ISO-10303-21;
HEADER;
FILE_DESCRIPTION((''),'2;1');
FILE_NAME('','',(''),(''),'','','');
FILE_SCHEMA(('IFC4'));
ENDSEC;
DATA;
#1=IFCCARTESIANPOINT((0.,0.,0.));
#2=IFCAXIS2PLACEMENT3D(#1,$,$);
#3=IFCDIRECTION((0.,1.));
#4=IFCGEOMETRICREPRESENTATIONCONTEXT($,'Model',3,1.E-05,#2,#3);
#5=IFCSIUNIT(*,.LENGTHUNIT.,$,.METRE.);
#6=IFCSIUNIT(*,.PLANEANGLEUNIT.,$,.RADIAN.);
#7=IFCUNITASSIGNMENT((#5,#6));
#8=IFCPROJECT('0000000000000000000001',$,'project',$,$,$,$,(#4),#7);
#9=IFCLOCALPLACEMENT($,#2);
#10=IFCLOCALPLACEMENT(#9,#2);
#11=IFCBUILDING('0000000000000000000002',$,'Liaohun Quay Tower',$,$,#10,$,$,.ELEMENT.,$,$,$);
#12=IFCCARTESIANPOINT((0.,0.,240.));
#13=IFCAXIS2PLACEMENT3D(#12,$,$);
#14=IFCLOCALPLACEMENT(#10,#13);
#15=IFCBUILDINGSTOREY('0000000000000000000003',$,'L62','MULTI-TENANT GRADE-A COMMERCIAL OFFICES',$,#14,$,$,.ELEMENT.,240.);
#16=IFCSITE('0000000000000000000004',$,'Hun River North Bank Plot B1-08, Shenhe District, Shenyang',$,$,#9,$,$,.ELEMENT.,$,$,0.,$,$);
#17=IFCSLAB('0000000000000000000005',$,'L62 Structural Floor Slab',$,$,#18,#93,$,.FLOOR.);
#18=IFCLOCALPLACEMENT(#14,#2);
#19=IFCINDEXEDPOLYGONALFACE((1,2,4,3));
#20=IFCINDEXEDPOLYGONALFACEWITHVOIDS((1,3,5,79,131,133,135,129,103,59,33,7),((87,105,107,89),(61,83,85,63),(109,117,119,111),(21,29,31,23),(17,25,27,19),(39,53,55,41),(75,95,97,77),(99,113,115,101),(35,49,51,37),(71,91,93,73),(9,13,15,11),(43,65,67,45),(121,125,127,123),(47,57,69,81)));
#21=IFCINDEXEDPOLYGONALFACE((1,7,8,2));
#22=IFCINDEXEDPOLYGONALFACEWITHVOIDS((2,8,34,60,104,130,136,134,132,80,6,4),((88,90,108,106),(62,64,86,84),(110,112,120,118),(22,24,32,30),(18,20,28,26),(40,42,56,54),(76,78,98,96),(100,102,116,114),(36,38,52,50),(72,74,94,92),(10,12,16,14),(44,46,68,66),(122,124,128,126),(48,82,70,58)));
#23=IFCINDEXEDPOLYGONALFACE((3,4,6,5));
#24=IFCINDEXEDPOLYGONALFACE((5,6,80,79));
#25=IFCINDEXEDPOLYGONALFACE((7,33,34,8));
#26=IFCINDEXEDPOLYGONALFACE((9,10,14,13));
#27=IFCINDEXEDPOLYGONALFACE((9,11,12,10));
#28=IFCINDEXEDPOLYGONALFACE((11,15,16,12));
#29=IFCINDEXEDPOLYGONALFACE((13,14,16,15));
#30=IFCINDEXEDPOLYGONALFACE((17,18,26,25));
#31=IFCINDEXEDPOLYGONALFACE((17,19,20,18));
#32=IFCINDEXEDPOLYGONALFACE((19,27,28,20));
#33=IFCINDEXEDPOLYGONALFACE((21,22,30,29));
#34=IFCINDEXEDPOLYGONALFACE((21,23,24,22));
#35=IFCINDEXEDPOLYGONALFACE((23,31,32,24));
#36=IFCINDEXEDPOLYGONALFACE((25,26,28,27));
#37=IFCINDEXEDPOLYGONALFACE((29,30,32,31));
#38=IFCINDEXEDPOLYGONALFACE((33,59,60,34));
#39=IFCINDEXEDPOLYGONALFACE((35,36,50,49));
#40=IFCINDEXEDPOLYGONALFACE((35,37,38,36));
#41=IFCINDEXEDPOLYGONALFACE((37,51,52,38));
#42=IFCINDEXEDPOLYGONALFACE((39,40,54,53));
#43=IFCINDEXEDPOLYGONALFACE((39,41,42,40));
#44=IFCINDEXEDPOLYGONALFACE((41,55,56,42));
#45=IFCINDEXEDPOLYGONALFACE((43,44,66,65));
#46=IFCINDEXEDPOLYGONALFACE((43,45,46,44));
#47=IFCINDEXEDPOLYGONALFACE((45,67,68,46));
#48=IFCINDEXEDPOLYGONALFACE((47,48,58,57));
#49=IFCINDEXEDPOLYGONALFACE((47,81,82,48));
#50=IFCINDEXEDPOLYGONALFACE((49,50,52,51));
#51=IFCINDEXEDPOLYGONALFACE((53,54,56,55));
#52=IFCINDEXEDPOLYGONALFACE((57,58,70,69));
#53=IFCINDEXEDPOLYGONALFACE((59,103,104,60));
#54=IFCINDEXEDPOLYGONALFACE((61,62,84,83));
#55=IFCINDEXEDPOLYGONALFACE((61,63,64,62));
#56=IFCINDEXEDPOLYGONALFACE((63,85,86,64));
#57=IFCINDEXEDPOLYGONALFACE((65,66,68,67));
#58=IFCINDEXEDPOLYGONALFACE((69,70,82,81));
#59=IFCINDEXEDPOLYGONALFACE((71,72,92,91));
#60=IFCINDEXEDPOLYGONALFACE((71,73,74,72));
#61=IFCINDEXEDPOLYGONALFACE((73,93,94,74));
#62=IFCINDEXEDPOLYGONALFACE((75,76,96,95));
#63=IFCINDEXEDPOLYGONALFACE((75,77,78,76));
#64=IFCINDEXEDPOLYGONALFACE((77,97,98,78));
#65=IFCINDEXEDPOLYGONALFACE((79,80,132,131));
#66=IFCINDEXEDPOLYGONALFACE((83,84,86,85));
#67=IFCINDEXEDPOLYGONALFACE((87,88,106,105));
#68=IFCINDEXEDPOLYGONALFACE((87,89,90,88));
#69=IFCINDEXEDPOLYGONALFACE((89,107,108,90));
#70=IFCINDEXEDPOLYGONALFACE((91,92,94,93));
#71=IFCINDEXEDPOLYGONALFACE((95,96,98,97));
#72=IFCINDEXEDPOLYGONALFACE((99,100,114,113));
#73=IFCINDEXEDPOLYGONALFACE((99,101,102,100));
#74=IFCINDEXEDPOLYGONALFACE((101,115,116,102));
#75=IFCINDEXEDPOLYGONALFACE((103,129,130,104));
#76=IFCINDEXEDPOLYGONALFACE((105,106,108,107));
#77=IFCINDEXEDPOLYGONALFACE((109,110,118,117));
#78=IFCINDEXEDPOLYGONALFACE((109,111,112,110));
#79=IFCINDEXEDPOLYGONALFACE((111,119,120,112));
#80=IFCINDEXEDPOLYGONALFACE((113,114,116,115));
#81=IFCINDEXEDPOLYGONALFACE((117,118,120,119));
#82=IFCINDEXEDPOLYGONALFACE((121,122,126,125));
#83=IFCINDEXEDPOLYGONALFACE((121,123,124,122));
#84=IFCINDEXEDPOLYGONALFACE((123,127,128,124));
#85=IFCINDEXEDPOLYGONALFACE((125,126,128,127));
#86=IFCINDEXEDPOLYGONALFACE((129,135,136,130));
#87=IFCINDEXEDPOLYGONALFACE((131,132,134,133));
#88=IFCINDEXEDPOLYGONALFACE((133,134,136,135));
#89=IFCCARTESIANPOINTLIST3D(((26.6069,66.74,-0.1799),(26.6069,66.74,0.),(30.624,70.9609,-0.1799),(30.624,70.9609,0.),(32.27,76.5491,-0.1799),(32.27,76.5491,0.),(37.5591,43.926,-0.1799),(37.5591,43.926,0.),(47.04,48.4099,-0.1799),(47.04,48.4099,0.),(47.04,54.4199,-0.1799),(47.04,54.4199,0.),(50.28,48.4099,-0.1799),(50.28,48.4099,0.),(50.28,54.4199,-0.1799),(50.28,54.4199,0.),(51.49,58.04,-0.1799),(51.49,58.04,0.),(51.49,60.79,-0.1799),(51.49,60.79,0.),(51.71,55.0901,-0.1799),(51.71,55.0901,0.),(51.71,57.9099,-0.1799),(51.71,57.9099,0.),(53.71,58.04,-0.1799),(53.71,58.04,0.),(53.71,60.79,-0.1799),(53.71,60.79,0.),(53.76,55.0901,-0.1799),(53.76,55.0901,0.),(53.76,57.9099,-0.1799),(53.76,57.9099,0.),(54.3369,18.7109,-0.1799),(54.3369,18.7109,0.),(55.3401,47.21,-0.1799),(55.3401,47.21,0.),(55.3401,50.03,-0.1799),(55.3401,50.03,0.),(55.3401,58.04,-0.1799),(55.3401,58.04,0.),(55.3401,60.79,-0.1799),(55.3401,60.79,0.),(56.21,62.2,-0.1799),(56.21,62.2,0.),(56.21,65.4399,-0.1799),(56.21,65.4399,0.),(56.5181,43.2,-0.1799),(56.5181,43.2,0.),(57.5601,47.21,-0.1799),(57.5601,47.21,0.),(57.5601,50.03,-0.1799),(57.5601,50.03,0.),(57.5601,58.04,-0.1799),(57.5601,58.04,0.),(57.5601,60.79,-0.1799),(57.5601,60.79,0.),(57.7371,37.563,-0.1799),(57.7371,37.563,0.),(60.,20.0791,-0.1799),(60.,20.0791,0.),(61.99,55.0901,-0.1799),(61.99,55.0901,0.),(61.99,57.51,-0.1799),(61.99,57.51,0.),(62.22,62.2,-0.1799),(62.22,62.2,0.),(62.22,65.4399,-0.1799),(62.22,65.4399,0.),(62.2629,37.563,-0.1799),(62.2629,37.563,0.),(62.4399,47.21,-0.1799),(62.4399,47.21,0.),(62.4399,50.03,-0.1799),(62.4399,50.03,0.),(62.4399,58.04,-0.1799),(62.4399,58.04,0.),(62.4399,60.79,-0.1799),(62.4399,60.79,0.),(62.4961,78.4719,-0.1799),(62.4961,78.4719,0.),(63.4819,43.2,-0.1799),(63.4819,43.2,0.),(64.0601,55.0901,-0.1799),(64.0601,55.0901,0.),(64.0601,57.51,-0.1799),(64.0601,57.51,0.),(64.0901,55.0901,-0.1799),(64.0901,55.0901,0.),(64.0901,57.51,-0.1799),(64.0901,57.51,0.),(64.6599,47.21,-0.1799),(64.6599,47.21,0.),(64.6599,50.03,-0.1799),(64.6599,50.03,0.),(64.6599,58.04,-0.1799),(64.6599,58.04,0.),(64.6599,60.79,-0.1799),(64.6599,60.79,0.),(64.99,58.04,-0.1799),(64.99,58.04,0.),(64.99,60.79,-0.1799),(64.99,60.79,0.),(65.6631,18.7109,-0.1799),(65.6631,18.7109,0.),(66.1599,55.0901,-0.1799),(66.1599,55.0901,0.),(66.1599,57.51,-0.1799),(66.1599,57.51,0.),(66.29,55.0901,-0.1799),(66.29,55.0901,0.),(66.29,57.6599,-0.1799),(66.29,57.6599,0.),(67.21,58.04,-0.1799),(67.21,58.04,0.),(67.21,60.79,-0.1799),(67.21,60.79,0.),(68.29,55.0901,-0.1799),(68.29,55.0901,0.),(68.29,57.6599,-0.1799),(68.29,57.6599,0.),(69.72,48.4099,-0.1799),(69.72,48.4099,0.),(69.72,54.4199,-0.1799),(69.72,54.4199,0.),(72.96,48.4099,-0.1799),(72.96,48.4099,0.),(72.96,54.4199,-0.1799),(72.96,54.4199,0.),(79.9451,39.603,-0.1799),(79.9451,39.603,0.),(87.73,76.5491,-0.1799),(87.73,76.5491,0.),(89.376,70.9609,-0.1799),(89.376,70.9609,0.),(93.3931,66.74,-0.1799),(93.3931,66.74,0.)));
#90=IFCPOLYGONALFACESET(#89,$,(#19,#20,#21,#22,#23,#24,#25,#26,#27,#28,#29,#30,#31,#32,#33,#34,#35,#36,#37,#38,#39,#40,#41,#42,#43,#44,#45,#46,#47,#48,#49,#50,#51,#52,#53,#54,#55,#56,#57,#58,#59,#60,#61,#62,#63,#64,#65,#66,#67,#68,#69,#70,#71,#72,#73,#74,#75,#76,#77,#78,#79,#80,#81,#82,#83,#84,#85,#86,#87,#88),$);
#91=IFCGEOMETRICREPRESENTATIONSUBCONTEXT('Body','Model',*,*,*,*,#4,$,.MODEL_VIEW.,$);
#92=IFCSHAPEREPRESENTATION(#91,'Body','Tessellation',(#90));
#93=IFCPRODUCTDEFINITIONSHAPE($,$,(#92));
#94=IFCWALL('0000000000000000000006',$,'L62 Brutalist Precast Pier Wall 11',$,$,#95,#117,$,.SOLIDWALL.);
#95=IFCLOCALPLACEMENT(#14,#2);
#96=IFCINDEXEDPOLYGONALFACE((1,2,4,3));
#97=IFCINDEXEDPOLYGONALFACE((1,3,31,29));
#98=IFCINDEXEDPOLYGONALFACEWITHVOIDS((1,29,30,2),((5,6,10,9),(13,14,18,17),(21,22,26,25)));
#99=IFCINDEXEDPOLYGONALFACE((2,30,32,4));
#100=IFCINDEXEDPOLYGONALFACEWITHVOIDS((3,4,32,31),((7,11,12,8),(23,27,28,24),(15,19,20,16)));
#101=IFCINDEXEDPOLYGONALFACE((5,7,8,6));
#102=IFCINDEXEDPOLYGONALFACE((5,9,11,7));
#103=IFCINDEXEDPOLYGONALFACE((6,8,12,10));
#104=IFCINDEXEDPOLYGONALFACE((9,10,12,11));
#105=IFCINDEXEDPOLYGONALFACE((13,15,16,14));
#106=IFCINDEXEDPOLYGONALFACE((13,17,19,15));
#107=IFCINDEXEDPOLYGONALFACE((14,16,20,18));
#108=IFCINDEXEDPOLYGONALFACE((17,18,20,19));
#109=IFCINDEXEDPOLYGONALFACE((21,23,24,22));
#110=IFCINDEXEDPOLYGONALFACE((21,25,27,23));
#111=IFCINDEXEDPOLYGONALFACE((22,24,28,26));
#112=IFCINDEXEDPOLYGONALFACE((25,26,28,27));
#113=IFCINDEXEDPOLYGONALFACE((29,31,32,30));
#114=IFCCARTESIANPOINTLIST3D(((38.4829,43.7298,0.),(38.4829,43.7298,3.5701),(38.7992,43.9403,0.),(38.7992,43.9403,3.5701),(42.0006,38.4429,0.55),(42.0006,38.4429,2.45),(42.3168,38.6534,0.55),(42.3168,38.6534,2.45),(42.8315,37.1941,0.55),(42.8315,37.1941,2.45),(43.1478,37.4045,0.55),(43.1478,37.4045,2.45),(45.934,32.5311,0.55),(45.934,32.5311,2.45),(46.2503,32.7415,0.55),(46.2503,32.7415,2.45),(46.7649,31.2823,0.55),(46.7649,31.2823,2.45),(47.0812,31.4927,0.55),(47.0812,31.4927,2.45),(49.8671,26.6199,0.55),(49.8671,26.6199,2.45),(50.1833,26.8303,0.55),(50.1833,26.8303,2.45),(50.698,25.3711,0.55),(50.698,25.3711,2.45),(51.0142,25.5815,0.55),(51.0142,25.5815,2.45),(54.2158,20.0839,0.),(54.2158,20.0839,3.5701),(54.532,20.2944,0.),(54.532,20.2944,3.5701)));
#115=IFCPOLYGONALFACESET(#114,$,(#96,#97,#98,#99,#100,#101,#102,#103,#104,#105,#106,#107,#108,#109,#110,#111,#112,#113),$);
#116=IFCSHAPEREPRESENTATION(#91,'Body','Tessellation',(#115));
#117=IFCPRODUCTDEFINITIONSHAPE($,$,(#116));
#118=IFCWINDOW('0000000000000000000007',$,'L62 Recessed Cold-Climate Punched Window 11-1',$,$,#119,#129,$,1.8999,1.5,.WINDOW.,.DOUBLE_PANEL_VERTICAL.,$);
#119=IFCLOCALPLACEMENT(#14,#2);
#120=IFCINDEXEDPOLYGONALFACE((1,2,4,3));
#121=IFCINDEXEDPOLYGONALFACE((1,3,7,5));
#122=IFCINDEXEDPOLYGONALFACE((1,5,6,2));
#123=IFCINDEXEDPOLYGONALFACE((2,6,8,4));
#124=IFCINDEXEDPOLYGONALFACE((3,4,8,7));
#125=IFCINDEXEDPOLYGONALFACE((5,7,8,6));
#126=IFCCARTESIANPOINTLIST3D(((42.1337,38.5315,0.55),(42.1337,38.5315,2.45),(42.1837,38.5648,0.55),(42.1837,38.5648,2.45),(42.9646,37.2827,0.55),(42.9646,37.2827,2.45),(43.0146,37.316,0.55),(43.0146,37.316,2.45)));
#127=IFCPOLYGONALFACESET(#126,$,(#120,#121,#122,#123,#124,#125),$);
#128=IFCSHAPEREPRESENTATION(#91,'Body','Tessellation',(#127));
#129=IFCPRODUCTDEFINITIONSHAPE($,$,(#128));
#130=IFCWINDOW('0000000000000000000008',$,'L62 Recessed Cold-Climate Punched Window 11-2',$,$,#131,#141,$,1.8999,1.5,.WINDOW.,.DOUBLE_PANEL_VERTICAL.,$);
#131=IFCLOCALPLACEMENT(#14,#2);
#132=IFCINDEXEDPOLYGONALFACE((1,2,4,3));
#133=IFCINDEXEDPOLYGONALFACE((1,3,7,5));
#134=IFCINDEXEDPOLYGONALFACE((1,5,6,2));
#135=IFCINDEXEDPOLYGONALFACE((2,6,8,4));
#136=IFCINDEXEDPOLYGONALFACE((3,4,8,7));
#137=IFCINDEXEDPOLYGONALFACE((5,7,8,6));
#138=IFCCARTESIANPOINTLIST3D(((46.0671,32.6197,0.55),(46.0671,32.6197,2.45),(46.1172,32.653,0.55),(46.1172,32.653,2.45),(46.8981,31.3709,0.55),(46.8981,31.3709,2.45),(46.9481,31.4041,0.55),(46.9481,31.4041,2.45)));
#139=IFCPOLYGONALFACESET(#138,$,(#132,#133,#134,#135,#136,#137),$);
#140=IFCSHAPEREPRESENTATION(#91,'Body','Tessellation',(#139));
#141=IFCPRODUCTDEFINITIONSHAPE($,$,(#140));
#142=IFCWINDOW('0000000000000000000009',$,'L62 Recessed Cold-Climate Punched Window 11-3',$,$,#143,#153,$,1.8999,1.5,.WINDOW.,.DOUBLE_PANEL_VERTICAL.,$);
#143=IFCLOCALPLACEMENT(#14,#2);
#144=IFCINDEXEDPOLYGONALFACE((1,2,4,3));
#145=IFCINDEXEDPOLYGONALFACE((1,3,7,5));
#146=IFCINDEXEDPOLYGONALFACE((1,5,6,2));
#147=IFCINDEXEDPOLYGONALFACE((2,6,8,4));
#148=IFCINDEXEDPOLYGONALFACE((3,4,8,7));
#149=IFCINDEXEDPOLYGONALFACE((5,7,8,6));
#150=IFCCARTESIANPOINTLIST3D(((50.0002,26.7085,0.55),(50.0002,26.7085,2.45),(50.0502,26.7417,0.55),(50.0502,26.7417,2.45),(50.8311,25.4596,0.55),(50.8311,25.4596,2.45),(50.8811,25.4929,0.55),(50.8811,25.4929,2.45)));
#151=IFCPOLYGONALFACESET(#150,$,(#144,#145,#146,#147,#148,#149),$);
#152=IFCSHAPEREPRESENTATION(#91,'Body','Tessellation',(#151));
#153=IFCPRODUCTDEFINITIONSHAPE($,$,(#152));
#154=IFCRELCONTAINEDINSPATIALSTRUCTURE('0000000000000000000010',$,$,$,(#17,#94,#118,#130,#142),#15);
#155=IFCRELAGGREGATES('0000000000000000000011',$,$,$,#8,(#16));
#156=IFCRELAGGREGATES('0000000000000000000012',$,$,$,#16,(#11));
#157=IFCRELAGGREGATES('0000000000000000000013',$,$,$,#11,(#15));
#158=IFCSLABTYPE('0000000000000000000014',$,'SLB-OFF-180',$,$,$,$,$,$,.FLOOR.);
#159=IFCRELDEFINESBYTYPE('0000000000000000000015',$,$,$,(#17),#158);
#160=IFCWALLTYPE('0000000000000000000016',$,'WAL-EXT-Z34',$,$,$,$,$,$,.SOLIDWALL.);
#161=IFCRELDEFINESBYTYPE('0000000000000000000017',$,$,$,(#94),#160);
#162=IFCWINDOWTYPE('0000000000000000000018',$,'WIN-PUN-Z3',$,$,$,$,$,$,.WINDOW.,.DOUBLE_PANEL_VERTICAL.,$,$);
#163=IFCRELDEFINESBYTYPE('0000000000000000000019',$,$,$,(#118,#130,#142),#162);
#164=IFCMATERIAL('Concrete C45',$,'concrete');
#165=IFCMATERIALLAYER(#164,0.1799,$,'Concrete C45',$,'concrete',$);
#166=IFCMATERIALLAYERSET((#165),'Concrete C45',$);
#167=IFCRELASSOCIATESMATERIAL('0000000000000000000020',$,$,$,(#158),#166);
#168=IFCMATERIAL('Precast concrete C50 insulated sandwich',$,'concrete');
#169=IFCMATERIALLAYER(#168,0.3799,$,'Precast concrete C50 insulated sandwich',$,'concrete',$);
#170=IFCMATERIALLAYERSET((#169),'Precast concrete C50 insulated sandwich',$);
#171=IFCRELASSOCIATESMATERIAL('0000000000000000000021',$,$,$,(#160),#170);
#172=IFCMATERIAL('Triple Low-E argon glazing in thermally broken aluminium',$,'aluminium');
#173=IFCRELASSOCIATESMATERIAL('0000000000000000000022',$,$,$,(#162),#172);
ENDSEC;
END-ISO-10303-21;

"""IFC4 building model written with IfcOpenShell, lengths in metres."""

from ifc_helpers import new_model, si_unit, direction, frame, frame_2d, origin, place, context, subcontext, project, spatial, polyline, rectangle, outline, extrude, source, transform, mapped, material, layer, layer_set, type_object, element, fill, save


model = new_model("IFC4")

# Units and contexts
model_context = context("Model", 3, precision=1e-05, world=origin(), true_north=direction((0.0, 1.0)))
body_context = subcontext(model_context, "Body", "Model", "MODEL_VIEW")
ifc_project = project(units=[si_unit("LENGTHUNIT", "METRE"), si_unit("PLANEANGLEUNIT", "RADIAN")], contexts=[model_context])

# Site, building, storey
site_placement = place(None, origin())
site = spatial("IfcSite", under=ifc_project, at=site_placement, Name="Hun River North Bank Plot B1-08, Shenhe District, Shenyang", CompositionType="ELEMENT", RefElevation=0.0)
building_placement = place(site_placement, origin())
building = spatial("IfcBuilding", under=site, at=building_placement, Name="Liaohun Quay Tower", CompositionType="ELEMENT")
storey_placement = place(building_placement, frame((0.0, 0.0, 240.0)))
storey = spatial("IfcBuildingStorey", under=building, at=storey_placement, Name="L62", Description="MULTI-TENANT GRADE-A COMMERCIAL OFFICES", CompositionType="ELEMENT", Elevation=240.0)

# Shared definitions
ifc_material_1 = material(Name="Concrete C45", Category="concrete")

# Slab
ifc_layer_1 = layer(ifc_material_1, 0.1799, Name="Concrete C45", Category="concrete")
ifc_layer_set_1 = layer_set([ifc_layer_1], Name="Concrete C45")
slab_type_1 = type_object("IfcSlabType", Name="SLB-OFF-180", PredefinedType="FLOOR", material=ifc_layer_set_1)
slab_1_placement = place(storey_placement, frame((0.0, 0.0, -0.1799)))
element("IfcSlab", 1, at=slab_1_placement, inside=storey, type_object=slab_type_1, Name="L62 Structural Floor Slab", PredefinedType="FLOOR", context=body_context, shape_type="SweptSolid", body=[
    extrude(outline(polyline([(54.3369, 18.7109), (60.0, 20.0791), (65.6631, 18.7109), (79.9451, 39.603), (93.3931, 66.74), (89.376, 70.9609), (87.73, 76.5491), (62.4961, 78.4719), (32.27, 76.5491), (30.624, 70.9609), (26.6069, 66.74), (37.5591, 43.926), (54.3369, 18.7109)]), holes=[polyline([(63.4819, 43.2), (56.5181, 43.2), (57.7371, 37.563), (62.2629, 37.563), (63.4819, 43.2)]), polyline([(57.5601, 47.21), (57.5601, 50.03), (55.3401, 50.03), (55.3401, 47.21), (57.5601, 47.21)]), polyline([(50.28, 54.4199), (47.04, 54.4199), (47.04, 48.4099), (50.28, 48.4099), (50.28, 54.4199)]), polyline([(53.76, 55.0901), (53.76, 57.9099), (51.71, 57.9099), (51.71, 55.0901), (53.76, 55.0901)]), polyline([(53.71, 58.04), (53.71, 60.79), (51.49, 60.79), (51.49, 58.04), (53.71, 58.04)]), polyline([(57.5601, 58.04), (57.5601, 60.79), (55.3401, 60.79), (55.3401, 58.04), (57.5601, 58.04)]), polyline([(62.22, 62.2), (62.22, 65.4399), (56.21, 65.4399), (56.21, 62.2), (62.22, 62.2)]), polyline([(64.6599, 50.03), (62.4399, 50.03), (62.4399, 47.21), (64.6599, 47.21), (64.6599, 50.03)]), polyline([(72.96, 54.4199), (69.72, 54.4199), (69.72, 48.4099), (72.96, 48.4099), (72.96, 54.4199)]), polyline([(64.0601, 55.0901), (64.0601, 57.51), (61.99, 57.51), (61.99, 55.0901), (64.0601, 55.0901)]), polyline([(66.1599, 55.0901), (66.1599, 57.51), (64.0901, 57.51), (64.0901, 55.0901), (66.1599, 55.0901)]), polyline([(68.29, 55.0901), (68.29, 57.6599), (66.29, 57.6599), (66.29, 55.0901), (68.29, 55.0901)]), polyline([(64.6599, 58.04), (64.6599, 60.79), (62.4399, 60.79), (62.4399, 58.04), (64.6599, 58.04)]), polyline([(67.21, 58.04), (67.21, 60.79), (64.99, 60.79), (64.99, 58.04), (67.21, 58.04)])]), origin(), (0.0, 0.0, 1.0), 0.1799),
])

# Wall, openings, windows
ifc_material_2 = material(Name="Precast concrete C50 insulated sandwich", Category="concrete")
ifc_layer_2 = layer(ifc_material_2, 0.3799, Name="Precast concrete C50 insulated sandwich", Category="concrete")
ifc_layer_set_2 = layer_set([ifc_layer_2], Name="Precast concrete C50 insulated sandwich")
wall_type_1 = type_object("IfcWallType", Name="WAL-EXT-Z34", PredefinedType="SOLIDWALL", material=ifc_layer_set_2)
wall_1_placement = place(storey_placement, frame((38.6411, 43.835, 0.0), z_axis=(0.0, 0.0, 1.0), x_axis=(0.553942, -0.832555, 0.0)))
wall_1 = element("IfcWall", 2, at=wall_1_placement, inside=storey, type_object=wall_type_1, Name="L62 Brutalist Precast Pier Wall 11", PredefinedType="SOLIDWALL", context=body_context, shape_type="SweptSolid", body=[
    extrude(rectangle(XDim=28.4016, YDim=0.3799, at=frame_2d((14.2007, 0.0))), origin(), (0.0, 0.0, 1.0), 3.5701),
])
shared_shape_1 = source(origin(), body_context, "Body", "SweptSolid", [
    extrude(rectangle(XDim=1.5, YDim=1.8999, at=frame_2d((0.75, 0.95))), frame((0.0, 0.2, 0.0), z_axis=(0.0, -1.0, 0.0), x_axis=(1.0, 0.0, 0.0)), (0.0, 0.0, 1.0), 0.3999),
])
opening_1_placement = place(wall_1_placement, frame((6.3501, 0.0, 0.55)))
opening_1 = element("IfcOpeningElement", 3, at=opening_1_placement, cuts=wall_1, PredefinedType="OPENING", context=body_context, shape_type="MappedRepresentation", body=[
    mapped(shared_shape_1, transform((0.0, 0.0, 0.0), x_axis=(1.0, 0.0, 0.0), y_axis=(0.0, 1.0, 0.0), z_axis=(0.0, 0.0, 1.0), scale=1.0)),
])
opening_2_placement = place(wall_1_placement, frame((13.4509, 0.0, 0.55)))
opening_2 = element("IfcOpeningElement", 4, at=opening_2_placement, cuts=wall_1, PredefinedType="OPENING", context=body_context, shape_type="MappedRepresentation", body=[
    mapped(shared_shape_1, transform((0.0, 0.0, 0.0), x_axis=(1.0, 0.0, 0.0), y_axis=(0.0, 1.0, 0.0), z_axis=(0.0, 0.0, 1.0), scale=1.0)),
])
opening_3_placement = place(wall_1_placement, frame((20.551, 0.0, 0.55)))
opening_3 = element("IfcOpeningElement", 5, at=opening_3_placement, cuts=wall_1, PredefinedType="OPENING", context=body_context, shape_type="MappedRepresentation", body=[
    mapped(shared_shape_1, transform((0.0, 0.0, 0.0), x_axis=(1.0, 0.0, 0.0), y_axis=(0.0, 1.0, 0.0), z_axis=(0.0, 0.0, 1.0), scale=1.0)),
])
ifc_material_3 = material(Name="Triple Low-E argon glazing in thermally broken aluminium", Category="aluminium")
window_type = type_object("IfcWindowType", Name="WIN-PUN-Z3", PartitioningType="DOUBLE_PANEL_VERTICAL", PredefinedType="WINDOW", material=ifc_material_3)
shared_shape_2 = source(origin(), body_context, "Body", "SweptSolid", [
    extrude(rectangle(XDim=1.5, YDim=1.8999, at=frame_2d((0.75, 0.95))), frame((0.0, 0.03, 0.0), z_axis=(0.0, -1.0, 0.0), x_axis=(1.0, 0.0, 0.0)), (0.0, 0.0, 1.0), 0.0601),
])
window_1_placement = place(opening_1_placement, origin())
window_1 = element("IfcWindow", 6, at=window_1_placement, inside=storey, type_object=window_type, Name="L62 Recessed Cold-Climate Punched Window 11-1", OverallHeight=1.8999, OverallWidth=1.5, PartitioningType="DOUBLE_PANEL_VERTICAL", PredefinedType="WINDOW", context=body_context, shape_type="MappedRepresentation", body=[
    mapped(shared_shape_2, transform((0.0, 0.0, 0.0), x_axis=(1.0, 0.0, 0.0), y_axis=(0.0, 1.0, 0.0), z_axis=(0.0, 0.0, 1.0), scale=1.0)),
])
fill(opening_1, window_1)
window_2_placement = place(opening_2_placement, origin())
window_2 = element("IfcWindow", 7, at=window_2_placement, inside=storey, type_object=window_type, Name="L62 Recessed Cold-Climate Punched Window 11-2", OverallHeight=1.8999, OverallWidth=1.5, PartitioningType="DOUBLE_PANEL_VERTICAL", PredefinedType="WINDOW", context=body_context, shape_type="MappedRepresentation", body=[
    mapped(shared_shape_2, transform((0.0, 0.0, 0.0), x_axis=(1.0, 0.0, 0.0), y_axis=(0.0, 1.0, 0.0), z_axis=(0.0, 0.0, 1.0), scale=1.0)),
])
fill(opening_2, window_2)
window_3_placement = place(opening_3_placement, origin())
window_3 = element("IfcWindow", 8, at=window_3_placement, inside=storey, type_object=window_type, Name="L62 Recessed Cold-Climate Punched Window 11-3", OverallHeight=1.8999, OverallWidth=1.5, PartitioningType="DOUBLE_PANEL_VERTICAL", PredefinedType="WINDOW", context=body_context, shape_type="MappedRepresentation", body=[
    mapped(shared_shape_2, transform((0.0, 0.0, 0.0), x_axis=(1.0, 0.0, 0.0), y_axis=(0.0, 1.0, 0.0), z_axis=(0.0, 0.0, 1.0), scale=1.0)),
])
fill(opening_3, window_3)

save(model, "model.ifc")
